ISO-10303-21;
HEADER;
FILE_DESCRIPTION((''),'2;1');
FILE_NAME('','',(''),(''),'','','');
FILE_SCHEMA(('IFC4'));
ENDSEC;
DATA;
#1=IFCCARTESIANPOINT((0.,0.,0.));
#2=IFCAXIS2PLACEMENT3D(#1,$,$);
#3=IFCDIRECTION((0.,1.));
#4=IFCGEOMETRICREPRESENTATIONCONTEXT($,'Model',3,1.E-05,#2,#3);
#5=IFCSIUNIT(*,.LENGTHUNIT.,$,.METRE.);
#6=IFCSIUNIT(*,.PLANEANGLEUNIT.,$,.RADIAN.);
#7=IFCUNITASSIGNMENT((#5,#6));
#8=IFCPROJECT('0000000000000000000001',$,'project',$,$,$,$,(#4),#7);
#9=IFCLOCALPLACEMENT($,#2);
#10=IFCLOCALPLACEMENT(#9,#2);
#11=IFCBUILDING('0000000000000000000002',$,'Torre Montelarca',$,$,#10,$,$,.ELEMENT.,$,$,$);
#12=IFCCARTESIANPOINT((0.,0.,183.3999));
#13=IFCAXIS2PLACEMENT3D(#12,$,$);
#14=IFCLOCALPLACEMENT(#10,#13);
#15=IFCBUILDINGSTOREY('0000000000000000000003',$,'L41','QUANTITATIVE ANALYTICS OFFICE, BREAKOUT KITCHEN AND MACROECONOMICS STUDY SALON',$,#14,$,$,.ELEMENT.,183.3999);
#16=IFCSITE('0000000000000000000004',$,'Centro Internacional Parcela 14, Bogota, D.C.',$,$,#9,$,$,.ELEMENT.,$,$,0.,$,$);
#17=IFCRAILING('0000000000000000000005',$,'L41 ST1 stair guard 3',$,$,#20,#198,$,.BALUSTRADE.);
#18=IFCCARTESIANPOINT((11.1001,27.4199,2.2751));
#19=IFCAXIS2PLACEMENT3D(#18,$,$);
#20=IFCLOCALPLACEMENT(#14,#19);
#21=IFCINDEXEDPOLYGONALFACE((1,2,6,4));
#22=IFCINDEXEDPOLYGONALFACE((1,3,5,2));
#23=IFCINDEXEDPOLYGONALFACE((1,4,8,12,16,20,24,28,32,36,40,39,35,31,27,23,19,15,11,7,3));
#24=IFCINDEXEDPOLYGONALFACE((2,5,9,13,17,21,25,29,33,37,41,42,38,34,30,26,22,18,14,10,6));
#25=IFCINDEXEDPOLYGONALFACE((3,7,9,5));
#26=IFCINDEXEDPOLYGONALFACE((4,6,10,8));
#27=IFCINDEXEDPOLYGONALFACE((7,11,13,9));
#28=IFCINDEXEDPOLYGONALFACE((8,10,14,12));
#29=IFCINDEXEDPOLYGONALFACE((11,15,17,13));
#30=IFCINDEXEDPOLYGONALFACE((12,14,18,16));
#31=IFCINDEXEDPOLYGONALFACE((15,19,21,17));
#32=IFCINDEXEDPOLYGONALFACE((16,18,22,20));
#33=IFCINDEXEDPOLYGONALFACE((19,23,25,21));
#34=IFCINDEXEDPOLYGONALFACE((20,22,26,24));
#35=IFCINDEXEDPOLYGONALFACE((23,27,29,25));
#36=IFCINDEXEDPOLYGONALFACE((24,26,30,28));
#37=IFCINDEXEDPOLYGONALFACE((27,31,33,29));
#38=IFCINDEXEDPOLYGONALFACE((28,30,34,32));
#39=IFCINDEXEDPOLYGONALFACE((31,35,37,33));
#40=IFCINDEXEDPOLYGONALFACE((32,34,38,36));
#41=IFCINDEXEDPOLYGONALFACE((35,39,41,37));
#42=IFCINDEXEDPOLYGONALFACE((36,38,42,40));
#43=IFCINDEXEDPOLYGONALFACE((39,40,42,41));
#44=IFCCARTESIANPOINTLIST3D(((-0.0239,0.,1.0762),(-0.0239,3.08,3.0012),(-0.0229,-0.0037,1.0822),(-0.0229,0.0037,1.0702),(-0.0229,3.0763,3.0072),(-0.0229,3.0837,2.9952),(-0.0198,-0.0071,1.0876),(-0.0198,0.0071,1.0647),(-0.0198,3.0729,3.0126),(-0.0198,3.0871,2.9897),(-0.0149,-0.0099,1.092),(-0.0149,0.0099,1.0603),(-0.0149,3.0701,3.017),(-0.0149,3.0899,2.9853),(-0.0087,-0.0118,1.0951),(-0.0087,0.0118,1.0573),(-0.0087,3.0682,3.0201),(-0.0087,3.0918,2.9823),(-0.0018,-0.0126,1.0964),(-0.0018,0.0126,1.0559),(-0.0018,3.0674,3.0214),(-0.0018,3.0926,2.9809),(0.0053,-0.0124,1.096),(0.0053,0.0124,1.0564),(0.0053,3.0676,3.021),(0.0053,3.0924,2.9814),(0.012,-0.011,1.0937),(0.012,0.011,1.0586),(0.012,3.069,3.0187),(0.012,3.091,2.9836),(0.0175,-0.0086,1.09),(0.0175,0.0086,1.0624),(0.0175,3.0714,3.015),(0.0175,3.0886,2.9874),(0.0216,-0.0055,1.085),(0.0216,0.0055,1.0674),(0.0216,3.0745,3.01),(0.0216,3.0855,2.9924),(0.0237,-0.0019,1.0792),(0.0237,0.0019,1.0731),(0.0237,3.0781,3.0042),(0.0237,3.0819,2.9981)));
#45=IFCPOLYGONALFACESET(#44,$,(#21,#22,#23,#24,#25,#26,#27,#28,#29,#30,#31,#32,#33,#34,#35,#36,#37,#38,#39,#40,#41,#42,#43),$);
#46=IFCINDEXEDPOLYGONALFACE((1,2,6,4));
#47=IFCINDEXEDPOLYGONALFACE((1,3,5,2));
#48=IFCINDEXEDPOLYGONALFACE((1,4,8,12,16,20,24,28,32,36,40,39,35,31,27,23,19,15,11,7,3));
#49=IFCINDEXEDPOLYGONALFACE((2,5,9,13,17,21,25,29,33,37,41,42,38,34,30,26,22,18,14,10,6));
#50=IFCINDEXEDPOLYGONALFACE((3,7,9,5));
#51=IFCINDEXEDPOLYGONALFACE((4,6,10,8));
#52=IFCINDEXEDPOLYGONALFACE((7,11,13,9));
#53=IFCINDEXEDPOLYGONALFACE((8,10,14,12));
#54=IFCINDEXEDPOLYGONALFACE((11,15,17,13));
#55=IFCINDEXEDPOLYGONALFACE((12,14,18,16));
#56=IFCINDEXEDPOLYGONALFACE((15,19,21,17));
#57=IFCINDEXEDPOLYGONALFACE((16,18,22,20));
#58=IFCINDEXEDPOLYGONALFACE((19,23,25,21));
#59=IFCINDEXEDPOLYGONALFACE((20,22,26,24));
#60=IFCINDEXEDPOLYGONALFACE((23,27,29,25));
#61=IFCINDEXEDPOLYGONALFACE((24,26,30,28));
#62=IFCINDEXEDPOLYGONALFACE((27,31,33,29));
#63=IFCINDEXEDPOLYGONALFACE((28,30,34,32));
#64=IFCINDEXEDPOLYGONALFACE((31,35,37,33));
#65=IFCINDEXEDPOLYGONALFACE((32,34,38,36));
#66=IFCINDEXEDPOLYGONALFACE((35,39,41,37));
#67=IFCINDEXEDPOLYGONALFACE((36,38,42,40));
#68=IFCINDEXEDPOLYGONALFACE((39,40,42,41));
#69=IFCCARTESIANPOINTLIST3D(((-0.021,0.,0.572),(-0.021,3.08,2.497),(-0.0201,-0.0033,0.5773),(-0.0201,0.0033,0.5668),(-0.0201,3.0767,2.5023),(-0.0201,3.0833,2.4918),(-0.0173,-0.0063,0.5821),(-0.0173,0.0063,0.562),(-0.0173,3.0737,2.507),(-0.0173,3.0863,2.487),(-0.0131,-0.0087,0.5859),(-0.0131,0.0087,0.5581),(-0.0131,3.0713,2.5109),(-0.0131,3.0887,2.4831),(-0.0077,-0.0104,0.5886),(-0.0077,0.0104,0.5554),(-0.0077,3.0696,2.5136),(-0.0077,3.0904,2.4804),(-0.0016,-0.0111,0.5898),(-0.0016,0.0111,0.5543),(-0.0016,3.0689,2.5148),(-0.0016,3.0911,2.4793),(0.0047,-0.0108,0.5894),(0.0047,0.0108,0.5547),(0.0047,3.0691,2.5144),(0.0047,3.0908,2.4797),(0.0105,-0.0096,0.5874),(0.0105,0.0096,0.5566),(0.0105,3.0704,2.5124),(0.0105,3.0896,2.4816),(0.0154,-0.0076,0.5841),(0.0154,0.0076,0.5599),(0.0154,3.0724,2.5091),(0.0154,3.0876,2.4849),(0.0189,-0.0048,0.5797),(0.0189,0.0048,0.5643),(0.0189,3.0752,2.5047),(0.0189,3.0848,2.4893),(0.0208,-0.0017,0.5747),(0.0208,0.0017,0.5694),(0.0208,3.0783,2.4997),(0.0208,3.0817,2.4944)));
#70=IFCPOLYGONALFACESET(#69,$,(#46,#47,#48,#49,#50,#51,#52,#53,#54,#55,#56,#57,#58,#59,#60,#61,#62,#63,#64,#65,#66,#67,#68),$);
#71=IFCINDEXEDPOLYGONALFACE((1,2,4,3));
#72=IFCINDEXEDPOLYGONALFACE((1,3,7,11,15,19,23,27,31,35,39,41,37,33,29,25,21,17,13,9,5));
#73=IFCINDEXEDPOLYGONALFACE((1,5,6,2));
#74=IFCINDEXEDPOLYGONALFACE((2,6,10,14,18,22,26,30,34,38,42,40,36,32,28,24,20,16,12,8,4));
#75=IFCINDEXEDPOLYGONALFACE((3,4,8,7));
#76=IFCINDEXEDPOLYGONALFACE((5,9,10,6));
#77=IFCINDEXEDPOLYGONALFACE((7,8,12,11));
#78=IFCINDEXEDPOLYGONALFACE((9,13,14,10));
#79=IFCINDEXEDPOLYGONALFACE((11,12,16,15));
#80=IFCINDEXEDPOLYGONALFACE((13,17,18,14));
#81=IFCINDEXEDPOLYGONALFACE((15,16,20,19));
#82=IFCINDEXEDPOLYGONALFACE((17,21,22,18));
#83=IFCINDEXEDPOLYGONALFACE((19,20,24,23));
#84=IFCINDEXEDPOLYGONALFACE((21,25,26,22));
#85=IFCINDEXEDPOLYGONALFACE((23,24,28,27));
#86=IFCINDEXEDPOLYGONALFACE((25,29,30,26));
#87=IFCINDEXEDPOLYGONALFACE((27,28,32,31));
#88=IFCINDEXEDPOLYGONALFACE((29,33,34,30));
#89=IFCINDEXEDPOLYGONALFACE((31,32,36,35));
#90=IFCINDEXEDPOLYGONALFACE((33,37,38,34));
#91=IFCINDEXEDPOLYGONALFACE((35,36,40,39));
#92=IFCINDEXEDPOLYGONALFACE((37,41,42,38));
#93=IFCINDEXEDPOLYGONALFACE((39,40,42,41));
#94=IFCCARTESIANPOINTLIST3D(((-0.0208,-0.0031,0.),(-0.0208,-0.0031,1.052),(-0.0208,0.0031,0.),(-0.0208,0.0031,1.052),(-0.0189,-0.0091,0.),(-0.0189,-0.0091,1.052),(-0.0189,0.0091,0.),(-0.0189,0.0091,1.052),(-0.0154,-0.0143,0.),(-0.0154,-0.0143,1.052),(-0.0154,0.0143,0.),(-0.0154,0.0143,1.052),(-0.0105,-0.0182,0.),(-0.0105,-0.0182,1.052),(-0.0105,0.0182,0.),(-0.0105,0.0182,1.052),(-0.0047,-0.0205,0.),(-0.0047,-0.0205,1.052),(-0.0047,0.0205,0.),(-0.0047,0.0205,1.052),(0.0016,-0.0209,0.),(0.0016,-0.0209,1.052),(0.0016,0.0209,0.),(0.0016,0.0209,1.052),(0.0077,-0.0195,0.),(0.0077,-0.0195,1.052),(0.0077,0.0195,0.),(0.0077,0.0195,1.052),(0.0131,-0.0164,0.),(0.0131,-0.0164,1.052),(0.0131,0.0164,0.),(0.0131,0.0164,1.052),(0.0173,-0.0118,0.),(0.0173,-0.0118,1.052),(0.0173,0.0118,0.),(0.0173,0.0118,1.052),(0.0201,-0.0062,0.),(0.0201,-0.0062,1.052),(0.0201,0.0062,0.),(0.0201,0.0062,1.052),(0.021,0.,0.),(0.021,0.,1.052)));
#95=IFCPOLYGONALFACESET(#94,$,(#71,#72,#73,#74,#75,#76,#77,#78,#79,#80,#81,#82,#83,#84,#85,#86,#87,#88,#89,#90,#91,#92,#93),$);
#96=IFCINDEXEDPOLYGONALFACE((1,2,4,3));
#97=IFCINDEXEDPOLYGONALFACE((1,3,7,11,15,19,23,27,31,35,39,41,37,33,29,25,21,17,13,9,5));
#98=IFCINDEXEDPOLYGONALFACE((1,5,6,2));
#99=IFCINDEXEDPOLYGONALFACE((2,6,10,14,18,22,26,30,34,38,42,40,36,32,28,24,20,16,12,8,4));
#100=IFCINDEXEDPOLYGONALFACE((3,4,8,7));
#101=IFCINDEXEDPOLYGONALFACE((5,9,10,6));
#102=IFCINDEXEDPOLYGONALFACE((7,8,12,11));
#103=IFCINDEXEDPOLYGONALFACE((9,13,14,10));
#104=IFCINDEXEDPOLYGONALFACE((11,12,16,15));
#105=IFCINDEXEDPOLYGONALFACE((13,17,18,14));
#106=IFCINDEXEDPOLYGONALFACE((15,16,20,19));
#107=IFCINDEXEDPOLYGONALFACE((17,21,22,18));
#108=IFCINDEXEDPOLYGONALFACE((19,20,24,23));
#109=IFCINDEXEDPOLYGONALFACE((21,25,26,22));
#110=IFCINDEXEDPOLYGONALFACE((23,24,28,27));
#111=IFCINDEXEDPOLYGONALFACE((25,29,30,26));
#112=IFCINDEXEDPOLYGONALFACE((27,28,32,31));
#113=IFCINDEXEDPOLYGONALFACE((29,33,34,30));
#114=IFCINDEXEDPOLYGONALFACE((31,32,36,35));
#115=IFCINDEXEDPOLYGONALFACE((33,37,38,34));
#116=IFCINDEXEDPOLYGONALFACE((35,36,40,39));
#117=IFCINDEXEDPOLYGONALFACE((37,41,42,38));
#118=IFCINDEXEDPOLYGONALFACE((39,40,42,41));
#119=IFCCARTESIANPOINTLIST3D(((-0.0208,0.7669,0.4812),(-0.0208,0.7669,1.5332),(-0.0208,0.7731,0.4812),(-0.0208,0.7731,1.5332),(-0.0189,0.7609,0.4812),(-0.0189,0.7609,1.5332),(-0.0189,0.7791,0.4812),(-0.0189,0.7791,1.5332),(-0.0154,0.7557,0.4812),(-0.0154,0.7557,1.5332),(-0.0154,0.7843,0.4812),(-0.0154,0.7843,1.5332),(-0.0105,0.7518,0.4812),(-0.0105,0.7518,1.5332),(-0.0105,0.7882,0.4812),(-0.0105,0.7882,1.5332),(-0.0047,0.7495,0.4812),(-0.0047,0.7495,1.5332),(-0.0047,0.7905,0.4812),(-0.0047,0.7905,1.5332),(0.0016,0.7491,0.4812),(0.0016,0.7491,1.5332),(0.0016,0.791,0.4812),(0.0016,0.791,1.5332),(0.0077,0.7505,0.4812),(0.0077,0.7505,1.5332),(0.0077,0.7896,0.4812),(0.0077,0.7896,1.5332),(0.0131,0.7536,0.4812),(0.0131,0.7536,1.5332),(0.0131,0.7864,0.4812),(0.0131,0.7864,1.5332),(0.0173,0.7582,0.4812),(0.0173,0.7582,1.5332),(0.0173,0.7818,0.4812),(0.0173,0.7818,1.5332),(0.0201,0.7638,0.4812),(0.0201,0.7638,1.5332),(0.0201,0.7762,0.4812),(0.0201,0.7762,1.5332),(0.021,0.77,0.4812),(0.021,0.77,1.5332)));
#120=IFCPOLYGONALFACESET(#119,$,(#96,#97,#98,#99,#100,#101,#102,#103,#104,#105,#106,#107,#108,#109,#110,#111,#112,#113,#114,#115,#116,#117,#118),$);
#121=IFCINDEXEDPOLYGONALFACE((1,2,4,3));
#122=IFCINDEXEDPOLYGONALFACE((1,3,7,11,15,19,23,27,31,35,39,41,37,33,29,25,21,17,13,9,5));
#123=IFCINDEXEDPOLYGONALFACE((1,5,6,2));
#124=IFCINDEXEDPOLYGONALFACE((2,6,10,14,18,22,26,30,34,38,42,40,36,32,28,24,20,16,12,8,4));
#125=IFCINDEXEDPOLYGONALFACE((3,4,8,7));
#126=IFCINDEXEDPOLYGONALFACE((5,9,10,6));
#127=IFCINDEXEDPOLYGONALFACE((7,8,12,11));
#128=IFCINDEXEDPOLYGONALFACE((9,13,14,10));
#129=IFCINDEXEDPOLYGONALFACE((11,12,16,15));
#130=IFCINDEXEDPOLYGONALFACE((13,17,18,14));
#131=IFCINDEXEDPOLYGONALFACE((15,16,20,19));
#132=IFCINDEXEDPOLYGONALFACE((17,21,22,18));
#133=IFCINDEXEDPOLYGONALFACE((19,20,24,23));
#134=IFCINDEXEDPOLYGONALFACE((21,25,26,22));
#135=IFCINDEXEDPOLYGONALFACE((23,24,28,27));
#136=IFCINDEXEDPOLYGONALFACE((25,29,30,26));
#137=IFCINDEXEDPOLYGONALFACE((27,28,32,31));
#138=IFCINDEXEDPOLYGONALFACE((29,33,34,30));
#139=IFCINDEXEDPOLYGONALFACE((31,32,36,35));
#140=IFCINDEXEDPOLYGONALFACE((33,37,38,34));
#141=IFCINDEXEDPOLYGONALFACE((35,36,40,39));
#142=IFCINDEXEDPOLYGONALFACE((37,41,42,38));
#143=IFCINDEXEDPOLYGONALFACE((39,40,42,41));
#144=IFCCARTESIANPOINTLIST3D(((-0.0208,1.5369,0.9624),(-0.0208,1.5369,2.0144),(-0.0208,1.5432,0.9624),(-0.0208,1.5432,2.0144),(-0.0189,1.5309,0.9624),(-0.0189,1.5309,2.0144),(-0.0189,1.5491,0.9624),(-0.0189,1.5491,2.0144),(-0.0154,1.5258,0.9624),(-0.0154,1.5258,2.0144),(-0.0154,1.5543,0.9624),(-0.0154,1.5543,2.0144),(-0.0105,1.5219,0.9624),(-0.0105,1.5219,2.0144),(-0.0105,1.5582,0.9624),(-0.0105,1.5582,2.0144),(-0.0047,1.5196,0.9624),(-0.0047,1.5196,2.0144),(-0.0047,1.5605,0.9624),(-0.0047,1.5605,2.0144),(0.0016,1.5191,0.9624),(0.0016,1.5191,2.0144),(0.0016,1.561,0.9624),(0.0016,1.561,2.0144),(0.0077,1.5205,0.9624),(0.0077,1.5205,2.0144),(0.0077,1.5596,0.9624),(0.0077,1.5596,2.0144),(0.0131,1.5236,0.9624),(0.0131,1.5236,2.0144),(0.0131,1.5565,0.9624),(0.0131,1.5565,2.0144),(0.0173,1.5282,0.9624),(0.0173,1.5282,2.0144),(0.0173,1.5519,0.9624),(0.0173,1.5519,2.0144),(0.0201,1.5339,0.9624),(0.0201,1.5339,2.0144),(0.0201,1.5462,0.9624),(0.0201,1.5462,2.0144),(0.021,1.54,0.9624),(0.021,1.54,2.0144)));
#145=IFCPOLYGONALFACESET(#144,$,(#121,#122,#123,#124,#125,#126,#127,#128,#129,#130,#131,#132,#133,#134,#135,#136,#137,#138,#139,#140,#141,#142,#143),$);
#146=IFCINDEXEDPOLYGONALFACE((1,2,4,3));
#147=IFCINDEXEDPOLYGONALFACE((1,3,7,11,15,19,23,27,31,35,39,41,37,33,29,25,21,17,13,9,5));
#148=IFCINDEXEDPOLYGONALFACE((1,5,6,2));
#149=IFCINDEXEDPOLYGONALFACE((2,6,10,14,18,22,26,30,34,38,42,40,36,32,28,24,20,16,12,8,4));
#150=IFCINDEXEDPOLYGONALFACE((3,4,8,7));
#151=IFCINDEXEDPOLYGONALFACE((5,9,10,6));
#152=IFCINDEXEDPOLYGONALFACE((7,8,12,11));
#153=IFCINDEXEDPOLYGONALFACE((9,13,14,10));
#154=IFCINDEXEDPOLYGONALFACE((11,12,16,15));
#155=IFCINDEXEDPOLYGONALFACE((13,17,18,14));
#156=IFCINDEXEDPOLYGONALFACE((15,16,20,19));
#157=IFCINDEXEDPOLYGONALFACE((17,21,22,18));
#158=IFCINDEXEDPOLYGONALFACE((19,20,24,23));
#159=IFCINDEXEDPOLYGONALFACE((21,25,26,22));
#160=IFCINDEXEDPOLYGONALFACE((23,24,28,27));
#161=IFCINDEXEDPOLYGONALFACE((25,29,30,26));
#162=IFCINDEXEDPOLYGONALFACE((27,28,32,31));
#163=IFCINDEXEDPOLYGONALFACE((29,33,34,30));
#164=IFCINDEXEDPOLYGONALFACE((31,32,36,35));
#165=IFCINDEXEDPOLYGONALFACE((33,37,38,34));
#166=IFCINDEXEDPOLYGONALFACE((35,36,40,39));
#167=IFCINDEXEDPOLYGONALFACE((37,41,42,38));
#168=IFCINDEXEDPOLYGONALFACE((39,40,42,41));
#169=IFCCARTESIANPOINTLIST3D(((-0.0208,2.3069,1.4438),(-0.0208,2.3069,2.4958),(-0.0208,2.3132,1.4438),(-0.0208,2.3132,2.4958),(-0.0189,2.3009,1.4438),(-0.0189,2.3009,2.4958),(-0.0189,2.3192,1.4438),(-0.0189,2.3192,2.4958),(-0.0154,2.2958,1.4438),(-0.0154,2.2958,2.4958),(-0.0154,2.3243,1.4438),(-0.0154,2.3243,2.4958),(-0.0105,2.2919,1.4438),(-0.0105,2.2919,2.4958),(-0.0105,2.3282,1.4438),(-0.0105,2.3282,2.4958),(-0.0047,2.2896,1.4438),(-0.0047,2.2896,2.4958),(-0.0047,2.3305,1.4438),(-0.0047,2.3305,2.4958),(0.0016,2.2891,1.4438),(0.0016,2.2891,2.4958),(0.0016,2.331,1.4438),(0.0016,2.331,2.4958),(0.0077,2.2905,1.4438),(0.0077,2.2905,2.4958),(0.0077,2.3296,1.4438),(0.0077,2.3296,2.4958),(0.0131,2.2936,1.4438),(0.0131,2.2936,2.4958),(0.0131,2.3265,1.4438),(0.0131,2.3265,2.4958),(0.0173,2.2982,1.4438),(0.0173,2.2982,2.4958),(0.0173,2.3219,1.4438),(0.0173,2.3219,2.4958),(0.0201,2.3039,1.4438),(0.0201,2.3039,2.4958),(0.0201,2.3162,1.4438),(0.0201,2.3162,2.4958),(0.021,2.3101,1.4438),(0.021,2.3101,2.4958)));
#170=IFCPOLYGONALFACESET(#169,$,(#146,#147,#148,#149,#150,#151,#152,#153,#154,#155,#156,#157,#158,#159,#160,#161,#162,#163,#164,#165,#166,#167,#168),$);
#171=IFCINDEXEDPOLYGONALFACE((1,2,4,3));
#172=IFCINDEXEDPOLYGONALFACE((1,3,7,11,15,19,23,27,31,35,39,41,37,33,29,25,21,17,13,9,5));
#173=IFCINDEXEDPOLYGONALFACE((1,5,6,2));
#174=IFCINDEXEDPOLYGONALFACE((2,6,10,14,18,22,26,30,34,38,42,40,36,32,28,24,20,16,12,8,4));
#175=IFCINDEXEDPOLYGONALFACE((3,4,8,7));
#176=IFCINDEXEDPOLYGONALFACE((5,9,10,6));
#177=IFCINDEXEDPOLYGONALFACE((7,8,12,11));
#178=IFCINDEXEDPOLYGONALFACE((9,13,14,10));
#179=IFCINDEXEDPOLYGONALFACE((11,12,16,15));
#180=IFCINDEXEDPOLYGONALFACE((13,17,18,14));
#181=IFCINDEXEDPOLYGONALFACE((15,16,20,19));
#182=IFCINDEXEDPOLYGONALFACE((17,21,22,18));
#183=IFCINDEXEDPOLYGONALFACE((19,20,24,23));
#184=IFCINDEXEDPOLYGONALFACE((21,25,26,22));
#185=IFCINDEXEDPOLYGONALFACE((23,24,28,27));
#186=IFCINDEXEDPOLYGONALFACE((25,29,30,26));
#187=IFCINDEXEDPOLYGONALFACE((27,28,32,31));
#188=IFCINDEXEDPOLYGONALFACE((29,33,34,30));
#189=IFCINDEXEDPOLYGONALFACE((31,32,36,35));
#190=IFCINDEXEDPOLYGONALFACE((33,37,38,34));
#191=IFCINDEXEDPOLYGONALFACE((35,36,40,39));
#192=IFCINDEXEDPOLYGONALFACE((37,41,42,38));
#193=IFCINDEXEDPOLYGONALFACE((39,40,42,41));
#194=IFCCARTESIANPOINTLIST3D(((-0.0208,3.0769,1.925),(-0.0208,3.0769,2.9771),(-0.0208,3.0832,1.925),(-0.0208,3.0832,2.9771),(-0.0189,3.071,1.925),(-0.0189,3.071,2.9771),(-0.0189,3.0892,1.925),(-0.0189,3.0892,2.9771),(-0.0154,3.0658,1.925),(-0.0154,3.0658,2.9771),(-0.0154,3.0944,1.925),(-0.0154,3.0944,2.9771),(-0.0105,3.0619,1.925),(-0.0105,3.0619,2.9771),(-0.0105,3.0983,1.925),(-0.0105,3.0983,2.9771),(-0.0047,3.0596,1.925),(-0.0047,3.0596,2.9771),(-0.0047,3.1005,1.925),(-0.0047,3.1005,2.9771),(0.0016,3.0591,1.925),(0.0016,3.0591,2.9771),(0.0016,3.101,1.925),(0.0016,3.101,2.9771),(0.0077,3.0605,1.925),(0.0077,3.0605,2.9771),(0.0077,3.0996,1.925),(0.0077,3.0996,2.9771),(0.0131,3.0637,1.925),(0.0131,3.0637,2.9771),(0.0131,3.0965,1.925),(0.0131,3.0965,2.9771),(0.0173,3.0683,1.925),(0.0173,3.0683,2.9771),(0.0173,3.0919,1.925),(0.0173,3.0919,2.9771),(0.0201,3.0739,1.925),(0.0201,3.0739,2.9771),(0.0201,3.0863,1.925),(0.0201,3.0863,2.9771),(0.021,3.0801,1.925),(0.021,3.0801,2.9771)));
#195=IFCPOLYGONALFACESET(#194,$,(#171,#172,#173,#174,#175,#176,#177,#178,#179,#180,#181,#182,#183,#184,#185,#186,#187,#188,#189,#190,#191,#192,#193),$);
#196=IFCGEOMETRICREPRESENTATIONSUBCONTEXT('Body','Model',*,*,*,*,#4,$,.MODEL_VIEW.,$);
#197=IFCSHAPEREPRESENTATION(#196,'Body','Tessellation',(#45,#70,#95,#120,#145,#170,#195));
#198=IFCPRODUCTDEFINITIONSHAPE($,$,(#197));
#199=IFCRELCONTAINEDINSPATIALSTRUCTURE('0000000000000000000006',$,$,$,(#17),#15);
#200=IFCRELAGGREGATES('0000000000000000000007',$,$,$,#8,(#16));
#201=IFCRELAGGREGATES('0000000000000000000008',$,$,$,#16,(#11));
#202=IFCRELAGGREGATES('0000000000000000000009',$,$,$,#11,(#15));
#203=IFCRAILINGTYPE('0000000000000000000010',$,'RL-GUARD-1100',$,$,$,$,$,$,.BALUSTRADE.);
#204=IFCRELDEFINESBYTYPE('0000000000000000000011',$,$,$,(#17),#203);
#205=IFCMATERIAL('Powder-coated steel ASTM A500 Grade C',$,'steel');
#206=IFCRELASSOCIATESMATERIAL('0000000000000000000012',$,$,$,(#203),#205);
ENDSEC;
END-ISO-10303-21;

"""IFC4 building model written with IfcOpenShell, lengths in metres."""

from ifc_helpers import new_model, si_unit, direction, frame, origin, origin_2d, place, context, subcontext, project, spatial, circle, extrude, material, type_object, element, save


model = new_model("IFC4")

# Units and contexts
model_context = context("Model", 3, precision=1e-05, world=origin(), true_north=direction((0.0, 1.0)))
body_context = subcontext(model_context, "Body", "Model", "MODEL_VIEW")
ifc_project = project(units=[si_unit("LENGTHUNIT", "METRE"), si_unit("PLANEANGLEUNIT", "RADIAN")], contexts=[model_context])

# Site, building, storey
site_placement = place(None, origin())
site = spatial("IfcSite", under=ifc_project, at=site_placement, Name="Centro Internacional Parcela 14, Bogota, D.C.", CompositionType="ELEMENT", RefElevation=0.0)
building_placement = place(site_placement, origin())
building = spatial("IfcBuilding", under=site, at=building_placement, Name="Torre Montelarca", CompositionType="ELEMENT")
storey_placement = place(building_placement, frame((0.0, 0.0, 183.3999)))
storey = spatial("IfcBuildingStorey", under=building, at=storey_placement, Name="L41", Description="QUANTITATIVE ANALYTICS OFFICE, BREAKOUT KITCHEN AND MACROECONOMICS STUDY SALON", CompositionType="ELEMENT", Elevation=183.3999)

# Railing
ifc_material_1 = material(Name="Powder-coated steel ASTM A500 Grade C", Category="steel")
railing_type_1 = type_object("IfcRailingType", Name="RL-GUARD-1100", PredefinedType="BALUSTRADE", material=ifc_material_1)
railing_1_placement = place(storey_placement, frame((11.1001, 27.4199, 2.2751)))
element("IfcRailing", 1, at=railing_1_placement, inside=storey, type_object=railing_type_1, Name="L41 ST1 stair guard 3", PredefinedType="BALUSTRADE", context=body_context, shape_type="SweptSolid", body=[
    extrude(circle(Radius=0.0239, at=origin_2d()), frame((0.0, 0.0, 1.0762), z_axis=(0.0, 0.847998, 0.529999), x_axis=(-1.0, 0.0, 0.0)), (0.0, 0.0, 1.0), 3.6321),
    extrude(circle(Radius=0.021, at=origin_2d()), frame((0.0, 0.0, 0.572), z_axis=(0.0, 0.847998, 0.529999), x_axis=(-1.0, 0.0, 0.0)), (0.0, 0.0, 1.0), 3.6321),
    extrude(circle(Radius=0.021, at=origin_2d()), origin(), (0.0, 0.0, 1.0), 1.052),
    extrude(circle(Radius=0.021, at=origin_2d()), frame((0.0, 0.77, 0.4812)), (0.0, 0.0, 1.0), 1.052),
    extrude(circle(Radius=0.021, at=origin_2d()), frame((0.0, 1.54, 0.9624)), (0.0, 0.0, 1.0), 1.052),
    extrude(circle(Radius=0.021, at=origin_2d()), frame((0.0, 2.3101, 1.4438)), (0.0, 0.0, 1.0), 1.052),
    extrude(circle(Radius=0.021, at=origin_2d()), frame((0.0, 3.0801, 1.925)), (0.0, 0.0, 1.0), 1.052),
])

save(model, "model.ifc")
